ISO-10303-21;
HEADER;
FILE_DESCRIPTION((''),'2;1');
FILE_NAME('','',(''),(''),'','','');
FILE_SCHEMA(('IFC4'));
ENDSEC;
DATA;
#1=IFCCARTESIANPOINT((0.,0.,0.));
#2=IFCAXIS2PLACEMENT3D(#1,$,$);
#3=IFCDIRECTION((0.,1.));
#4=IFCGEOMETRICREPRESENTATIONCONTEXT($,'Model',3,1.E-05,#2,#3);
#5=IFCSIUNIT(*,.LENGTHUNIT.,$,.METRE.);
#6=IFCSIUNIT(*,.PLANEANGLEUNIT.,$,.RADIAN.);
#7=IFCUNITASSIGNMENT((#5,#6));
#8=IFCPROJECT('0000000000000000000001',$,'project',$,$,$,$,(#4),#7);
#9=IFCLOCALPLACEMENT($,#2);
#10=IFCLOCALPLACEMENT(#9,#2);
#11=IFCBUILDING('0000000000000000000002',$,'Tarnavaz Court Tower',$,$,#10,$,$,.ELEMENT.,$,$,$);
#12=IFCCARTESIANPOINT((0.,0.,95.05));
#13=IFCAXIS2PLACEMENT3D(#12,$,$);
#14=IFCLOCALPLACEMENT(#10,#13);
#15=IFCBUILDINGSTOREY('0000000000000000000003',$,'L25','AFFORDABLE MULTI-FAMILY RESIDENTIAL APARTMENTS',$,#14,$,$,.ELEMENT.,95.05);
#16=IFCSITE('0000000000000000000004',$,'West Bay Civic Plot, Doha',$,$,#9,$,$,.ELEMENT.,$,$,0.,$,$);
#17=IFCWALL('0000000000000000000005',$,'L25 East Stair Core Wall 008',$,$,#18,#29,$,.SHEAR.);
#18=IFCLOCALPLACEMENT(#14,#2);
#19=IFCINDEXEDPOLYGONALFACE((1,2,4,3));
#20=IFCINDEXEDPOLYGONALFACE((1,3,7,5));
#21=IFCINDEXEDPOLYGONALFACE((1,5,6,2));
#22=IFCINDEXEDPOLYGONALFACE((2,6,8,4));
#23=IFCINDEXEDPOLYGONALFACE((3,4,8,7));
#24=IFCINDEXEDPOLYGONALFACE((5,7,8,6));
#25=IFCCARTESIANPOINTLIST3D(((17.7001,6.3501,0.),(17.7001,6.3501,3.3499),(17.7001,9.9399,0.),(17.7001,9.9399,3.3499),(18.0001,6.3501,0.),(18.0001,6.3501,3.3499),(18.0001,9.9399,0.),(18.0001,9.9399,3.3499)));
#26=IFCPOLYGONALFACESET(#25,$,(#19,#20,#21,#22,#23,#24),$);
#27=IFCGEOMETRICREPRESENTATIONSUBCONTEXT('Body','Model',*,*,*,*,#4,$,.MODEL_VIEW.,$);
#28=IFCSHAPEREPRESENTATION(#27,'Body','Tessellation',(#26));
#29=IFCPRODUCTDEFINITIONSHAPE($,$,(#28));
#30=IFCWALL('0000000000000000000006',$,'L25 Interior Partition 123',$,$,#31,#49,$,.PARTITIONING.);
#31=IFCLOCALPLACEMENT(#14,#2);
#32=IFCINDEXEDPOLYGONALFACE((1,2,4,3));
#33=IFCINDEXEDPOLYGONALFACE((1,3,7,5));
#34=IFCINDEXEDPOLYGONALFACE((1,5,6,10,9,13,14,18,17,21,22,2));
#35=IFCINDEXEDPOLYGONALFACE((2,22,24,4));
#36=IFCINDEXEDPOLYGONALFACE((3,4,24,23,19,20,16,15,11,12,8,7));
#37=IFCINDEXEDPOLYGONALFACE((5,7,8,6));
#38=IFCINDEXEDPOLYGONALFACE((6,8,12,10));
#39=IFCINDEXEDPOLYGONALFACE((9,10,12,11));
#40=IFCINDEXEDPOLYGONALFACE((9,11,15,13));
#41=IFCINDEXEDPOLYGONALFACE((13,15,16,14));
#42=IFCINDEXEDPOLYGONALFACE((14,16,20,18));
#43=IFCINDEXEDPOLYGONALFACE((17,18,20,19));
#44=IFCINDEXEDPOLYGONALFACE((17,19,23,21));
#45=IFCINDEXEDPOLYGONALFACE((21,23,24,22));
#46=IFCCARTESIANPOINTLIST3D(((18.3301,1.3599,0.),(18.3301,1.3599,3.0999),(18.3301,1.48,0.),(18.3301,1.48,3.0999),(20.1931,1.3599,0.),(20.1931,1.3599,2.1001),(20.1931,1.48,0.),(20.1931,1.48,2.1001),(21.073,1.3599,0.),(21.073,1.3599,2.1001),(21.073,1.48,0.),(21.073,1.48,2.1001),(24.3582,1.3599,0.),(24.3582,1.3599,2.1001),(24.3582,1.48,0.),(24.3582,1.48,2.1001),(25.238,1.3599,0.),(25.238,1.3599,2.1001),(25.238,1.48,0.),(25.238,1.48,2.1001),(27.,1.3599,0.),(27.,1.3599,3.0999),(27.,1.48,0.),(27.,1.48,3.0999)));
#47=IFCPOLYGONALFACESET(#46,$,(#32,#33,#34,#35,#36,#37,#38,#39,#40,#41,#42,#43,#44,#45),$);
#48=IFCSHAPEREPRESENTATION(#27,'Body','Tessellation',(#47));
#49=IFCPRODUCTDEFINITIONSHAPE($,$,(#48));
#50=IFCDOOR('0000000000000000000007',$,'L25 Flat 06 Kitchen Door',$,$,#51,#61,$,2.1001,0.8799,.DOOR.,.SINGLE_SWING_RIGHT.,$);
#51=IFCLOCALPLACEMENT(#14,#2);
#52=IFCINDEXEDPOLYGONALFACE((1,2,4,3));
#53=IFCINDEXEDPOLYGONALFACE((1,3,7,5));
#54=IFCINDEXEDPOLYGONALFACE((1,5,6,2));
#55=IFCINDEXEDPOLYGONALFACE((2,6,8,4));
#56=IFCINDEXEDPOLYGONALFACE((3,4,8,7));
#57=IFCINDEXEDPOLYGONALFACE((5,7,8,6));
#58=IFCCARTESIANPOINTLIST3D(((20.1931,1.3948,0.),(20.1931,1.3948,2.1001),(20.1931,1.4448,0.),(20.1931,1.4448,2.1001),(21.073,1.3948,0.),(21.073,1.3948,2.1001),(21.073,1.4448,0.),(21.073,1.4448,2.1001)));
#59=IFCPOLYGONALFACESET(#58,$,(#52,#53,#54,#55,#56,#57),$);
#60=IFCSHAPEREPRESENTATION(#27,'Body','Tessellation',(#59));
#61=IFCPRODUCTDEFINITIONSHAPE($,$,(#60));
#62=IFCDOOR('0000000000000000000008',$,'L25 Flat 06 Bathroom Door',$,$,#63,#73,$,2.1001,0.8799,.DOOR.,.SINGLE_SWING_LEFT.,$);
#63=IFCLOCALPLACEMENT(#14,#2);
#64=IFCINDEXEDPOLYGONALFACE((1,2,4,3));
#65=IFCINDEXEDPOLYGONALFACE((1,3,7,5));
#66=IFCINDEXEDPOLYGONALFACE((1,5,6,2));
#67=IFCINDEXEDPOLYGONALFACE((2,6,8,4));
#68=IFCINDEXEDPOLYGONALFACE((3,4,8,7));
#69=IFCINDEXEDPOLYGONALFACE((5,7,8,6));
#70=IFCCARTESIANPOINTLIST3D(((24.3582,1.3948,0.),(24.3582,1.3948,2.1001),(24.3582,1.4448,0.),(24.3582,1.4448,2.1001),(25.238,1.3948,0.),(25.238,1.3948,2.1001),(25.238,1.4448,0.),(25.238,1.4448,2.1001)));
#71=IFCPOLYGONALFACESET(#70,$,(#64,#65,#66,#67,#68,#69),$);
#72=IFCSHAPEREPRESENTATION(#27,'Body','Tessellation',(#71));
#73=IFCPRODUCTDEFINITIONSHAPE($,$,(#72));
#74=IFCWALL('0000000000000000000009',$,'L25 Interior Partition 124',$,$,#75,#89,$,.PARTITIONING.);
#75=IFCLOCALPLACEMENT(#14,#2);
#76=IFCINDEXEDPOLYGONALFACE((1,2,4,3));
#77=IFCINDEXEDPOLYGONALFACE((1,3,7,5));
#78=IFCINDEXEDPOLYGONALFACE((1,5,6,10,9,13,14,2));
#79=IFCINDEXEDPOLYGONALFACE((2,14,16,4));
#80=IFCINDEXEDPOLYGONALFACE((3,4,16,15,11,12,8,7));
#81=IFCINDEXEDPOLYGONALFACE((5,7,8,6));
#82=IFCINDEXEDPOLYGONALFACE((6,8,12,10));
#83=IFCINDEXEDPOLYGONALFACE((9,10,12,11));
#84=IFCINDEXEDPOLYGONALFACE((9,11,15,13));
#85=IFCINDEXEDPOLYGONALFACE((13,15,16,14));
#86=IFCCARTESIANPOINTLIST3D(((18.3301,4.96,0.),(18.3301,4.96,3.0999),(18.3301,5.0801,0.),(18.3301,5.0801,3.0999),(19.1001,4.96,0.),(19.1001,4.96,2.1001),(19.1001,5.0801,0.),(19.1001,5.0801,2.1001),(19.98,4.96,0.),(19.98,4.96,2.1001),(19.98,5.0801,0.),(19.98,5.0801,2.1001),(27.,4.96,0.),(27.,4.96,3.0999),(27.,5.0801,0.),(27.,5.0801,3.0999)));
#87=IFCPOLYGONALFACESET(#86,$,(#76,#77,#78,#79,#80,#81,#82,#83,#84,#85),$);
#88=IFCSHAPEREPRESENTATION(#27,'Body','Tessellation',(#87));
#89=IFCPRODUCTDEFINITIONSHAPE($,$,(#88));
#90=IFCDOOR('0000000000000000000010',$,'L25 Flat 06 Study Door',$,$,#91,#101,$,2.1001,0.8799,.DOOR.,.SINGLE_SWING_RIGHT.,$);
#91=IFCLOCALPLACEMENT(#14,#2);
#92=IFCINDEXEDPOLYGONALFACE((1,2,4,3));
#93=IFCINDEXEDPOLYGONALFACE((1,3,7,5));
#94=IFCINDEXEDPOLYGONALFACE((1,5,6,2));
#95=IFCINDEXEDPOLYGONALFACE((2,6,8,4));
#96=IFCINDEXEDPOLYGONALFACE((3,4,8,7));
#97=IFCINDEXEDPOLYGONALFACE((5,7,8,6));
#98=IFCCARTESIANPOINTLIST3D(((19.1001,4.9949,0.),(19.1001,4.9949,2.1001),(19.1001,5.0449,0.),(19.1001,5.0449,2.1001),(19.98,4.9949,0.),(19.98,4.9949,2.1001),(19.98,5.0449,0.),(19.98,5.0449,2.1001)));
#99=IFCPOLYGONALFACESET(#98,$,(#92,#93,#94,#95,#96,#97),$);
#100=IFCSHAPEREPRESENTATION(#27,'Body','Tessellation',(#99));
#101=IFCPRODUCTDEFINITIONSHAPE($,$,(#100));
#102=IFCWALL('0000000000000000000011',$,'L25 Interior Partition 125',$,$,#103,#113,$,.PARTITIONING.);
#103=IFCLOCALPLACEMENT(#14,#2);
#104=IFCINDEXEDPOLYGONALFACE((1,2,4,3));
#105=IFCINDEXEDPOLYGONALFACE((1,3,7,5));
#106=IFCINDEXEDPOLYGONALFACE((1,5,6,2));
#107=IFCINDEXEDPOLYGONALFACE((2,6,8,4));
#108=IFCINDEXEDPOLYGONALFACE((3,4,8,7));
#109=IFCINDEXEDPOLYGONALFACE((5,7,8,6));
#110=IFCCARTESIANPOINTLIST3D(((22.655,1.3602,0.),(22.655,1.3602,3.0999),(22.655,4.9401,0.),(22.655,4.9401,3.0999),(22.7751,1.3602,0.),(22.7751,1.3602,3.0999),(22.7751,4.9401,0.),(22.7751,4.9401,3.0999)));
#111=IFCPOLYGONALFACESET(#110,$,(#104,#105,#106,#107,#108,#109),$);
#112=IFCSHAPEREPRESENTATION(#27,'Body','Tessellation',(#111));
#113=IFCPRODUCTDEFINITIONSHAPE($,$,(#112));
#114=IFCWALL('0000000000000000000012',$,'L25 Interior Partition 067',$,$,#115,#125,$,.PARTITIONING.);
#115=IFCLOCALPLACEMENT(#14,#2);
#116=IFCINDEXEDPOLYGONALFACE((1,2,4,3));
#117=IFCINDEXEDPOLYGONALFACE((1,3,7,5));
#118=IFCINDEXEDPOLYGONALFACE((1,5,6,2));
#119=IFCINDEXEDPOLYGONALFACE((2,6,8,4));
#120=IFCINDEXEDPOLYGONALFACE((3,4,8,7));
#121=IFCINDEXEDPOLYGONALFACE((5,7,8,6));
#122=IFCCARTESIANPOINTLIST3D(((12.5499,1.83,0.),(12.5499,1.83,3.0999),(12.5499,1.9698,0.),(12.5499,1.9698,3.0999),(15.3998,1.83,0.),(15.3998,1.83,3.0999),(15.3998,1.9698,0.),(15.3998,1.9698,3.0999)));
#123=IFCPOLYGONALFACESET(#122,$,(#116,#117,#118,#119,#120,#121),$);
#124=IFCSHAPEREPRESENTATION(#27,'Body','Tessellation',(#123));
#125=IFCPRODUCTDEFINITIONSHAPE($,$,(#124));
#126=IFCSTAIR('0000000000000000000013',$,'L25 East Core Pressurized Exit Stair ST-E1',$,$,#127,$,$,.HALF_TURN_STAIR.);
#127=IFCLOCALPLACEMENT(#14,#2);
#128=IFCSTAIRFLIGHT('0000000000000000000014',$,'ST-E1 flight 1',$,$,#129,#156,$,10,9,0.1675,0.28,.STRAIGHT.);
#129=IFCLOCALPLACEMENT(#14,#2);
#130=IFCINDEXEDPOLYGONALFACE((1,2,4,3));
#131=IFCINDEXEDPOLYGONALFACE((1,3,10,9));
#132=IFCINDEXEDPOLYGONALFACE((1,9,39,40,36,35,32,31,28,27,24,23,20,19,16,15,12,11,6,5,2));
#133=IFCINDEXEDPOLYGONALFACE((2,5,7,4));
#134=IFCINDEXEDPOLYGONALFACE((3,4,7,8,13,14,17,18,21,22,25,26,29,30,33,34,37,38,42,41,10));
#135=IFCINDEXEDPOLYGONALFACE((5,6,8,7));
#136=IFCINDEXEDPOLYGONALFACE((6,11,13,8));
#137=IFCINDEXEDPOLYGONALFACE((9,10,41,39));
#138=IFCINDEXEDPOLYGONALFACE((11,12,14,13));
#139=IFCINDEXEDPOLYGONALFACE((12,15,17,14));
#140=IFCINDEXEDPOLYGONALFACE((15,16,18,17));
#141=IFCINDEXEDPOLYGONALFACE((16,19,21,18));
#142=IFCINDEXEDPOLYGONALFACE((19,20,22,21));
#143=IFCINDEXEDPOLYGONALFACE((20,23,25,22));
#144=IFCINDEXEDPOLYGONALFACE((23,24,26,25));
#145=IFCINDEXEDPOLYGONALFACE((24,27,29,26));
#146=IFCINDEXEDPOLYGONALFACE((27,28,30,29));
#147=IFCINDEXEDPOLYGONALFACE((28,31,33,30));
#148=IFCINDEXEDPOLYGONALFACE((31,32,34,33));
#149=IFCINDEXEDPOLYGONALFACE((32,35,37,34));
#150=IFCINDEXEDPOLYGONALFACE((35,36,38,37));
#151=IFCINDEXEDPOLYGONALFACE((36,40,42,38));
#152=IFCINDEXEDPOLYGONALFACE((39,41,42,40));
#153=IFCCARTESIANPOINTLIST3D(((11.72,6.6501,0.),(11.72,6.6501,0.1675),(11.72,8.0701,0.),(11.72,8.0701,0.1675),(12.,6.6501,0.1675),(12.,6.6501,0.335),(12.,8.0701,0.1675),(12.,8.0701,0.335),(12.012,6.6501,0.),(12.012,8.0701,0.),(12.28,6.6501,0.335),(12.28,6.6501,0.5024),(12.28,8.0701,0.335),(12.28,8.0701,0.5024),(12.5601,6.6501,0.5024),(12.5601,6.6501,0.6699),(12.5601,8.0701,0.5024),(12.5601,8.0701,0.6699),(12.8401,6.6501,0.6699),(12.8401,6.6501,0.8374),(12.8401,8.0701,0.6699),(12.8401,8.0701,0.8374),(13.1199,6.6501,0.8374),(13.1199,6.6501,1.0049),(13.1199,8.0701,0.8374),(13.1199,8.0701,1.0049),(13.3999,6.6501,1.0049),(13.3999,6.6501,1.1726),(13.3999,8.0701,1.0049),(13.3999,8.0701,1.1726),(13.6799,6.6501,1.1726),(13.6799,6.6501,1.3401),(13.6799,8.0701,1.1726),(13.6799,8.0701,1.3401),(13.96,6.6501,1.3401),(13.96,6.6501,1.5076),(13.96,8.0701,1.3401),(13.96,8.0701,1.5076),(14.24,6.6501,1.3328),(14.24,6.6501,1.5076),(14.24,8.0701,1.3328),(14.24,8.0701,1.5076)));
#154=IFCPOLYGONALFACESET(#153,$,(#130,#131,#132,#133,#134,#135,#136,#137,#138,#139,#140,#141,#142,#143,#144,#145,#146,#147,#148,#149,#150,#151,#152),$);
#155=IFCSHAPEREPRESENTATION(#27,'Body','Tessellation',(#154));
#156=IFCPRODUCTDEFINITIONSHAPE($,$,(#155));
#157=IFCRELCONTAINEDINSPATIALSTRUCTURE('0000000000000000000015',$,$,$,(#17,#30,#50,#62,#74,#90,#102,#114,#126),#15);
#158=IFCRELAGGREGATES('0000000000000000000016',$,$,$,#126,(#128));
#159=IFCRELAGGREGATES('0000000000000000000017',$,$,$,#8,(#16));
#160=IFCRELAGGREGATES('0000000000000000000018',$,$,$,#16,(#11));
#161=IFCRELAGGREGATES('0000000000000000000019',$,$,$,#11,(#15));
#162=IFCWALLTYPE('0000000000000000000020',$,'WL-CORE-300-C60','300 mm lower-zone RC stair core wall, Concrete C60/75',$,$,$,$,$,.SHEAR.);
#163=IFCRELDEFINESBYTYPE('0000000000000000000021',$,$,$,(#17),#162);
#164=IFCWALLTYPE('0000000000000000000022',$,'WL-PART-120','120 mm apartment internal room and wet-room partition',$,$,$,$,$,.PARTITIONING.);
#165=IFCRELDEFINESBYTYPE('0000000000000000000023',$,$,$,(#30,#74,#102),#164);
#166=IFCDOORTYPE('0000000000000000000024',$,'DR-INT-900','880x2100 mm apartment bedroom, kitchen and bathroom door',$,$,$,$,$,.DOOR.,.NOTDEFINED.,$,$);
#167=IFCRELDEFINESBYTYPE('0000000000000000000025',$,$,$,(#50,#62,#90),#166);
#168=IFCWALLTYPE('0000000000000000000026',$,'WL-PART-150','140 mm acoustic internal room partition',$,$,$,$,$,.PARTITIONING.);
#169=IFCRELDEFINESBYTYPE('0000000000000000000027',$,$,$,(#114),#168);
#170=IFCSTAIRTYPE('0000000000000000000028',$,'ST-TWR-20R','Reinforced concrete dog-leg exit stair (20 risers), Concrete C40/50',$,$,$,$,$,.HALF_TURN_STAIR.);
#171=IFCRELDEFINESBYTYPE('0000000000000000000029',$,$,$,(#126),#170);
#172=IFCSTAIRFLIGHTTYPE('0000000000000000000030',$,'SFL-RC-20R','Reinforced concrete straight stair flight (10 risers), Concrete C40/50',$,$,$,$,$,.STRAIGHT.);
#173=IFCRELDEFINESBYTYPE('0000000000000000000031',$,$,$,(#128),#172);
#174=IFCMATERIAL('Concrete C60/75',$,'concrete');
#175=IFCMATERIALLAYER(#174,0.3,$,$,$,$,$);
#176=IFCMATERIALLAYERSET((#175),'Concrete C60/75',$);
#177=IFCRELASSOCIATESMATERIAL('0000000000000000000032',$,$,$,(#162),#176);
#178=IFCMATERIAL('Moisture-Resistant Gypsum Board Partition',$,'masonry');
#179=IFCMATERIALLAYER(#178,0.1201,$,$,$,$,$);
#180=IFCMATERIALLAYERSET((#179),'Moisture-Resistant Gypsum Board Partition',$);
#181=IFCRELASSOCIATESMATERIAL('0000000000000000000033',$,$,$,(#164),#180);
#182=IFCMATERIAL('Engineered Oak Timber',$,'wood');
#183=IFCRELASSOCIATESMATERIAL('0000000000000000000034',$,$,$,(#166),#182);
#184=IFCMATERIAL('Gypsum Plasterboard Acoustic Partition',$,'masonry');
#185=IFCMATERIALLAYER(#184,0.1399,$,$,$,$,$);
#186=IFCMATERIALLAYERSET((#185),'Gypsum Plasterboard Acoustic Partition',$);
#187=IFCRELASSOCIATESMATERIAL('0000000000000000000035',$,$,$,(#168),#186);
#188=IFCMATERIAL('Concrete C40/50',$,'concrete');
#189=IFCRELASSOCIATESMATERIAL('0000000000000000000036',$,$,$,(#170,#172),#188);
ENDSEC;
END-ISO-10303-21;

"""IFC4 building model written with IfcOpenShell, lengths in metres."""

from ifc_helpers import new_model, si_unit, direction, frame, frame_2d, origin, place, context, subcontext, project, spatial, polyline, rectangle, outline, extrude, material, layer, layer_set, type_object, element, fill, aggregate, save


model = new_model("IFC4")

# Units and contexts
model_context = context("Model", 3, precision=1e-05, world=origin(), true_north=direction((0.0, 1.0)))
body_context = subcontext(model_context, "Body", "Model", "MODEL_VIEW")
ifc_project = project(units=[si_unit("LENGTHUNIT", "METRE"), si_unit("PLANEANGLEUNIT", "RADIAN")], contexts=[model_context])

# Site, building, storey
site_placement = place(None, origin())
site = spatial("IfcSite", under=ifc_project, at=site_placement, Name="West Bay Civic Plot, Doha", CompositionType="ELEMENT", RefElevation=0.0)
building_placement = place(site_placement, origin())
building = spatial("IfcBuilding", under=site, at=building_placement, Name="Tarnavaz Court Tower", CompositionType="ELEMENT")
storey_placement = place(building_placement, frame((0.0, 0.0, 95.05)))
storey = spatial("IfcBuildingStorey", under=building, at=storey_placement, Name="L25", Description="AFFORDABLE MULTI-FAMILY RESIDENTIAL APARTMENTS", CompositionType="ELEMENT", Elevation=95.05)

# Shared definitions
ifc_material_1 = material(Name="Concrete C60/75", Category="concrete")

# Wall
ifc_layer_1 = layer(ifc_material_1, 0.3)
ifc_layer_set_1 = layer_set([ifc_layer_1], Name="Concrete C60/75")
wall_type_1 = type_object("IfcWallType", Name="WL-CORE-300-C60", Description="300 mm lower-zone RC stair core wall, Concrete C60/75", PredefinedType="SHEAR", material=ifc_layer_set_1)
wall_1_placement = place(storey_placement, frame((17.8501, 6.3501, 0.0), z_axis=(0.0, 0.0, 1.0), x_axis=(0.0, 1.0, 0.0)))
element("IfcWall", 1, at=wall_1_placement, inside=storey, type_object=wall_type_1, Name="L25 East Stair Core Wall 008", PredefinedType="SHEAR", context=body_context, shape_type="SweptSolid", body=[
    extrude(rectangle(XDim=3.5898, YDim=0.3, at=frame_2d((1.7949, 0.0))), origin(), (0.0, 0.0, 1.0), 3.3499),
])

# Wall, openings, doors
ifc_material_2 = material(Name="Moisture-Resistant Gypsum Board Partition", Category="masonry")
ifc_layer_2 = layer(ifc_material_2, 0.1201)
ifc_layer_set_2 = layer_set([ifc_layer_2], Name="Moisture-Resistant Gypsum Board Partition")
wall_type_2 = type_object("IfcWallType", Name="WL-PART-120", Description="120 mm apartment internal room and wet-room partition", PredefinedType="PARTITIONING", material=ifc_layer_set_2)
wall_2_placement = place(storey_placement, frame((18.3301, 1.4199, 0.0), z_axis=(0.0, 0.0, 1.0), x_axis=(1.0, 0.0, 0.0)))
wall_2 = element("IfcWall", 2, at=wall_2_placement, inside=storey, type_object=wall_type_2, Name="L25 Interior Partition 123", PredefinedType="PARTITIONING", context=body_context, shape_type="SweptSolid", body=[
    extrude(rectangle(XDim=8.6699, YDim=0.1201, at=frame_2d((4.335, 0.0))), origin(), (0.0, 0.0, 1.0), 3.0999),
])
opening_1_placement = place(wall_2_placement, frame((1.863, 0.0, 0.0)))
opening_1 = element("IfcOpeningElement", 3, at=opening_1_placement, cuts=wall_2, PredefinedType="OPENING", context=body_context, shape_type="SweptSolid", body=[
    extrude(rectangle(XDim=0.8799, YDim=2.1001, at=frame_2d((0.4399, 1.05))), frame((0.0, 0.0701, 0.0), z_axis=(0.0, -1.0, 0.0), x_axis=(1.0, 0.0, 0.0)), (0.0, 0.0, 1.0), 0.1401),
])
opening_2_placement = place(wall_2_placement, frame((6.0281, 0.0, 0.0)))
opening_2 = element("IfcOpeningElement", 4, at=opening_2_placement, cuts=wall_2, PredefinedType="OPENING", context=body_context, shape_type="SweptSolid", body=[
    extrude(rectangle(XDim=0.8799, YDim=2.1001, at=frame_2d((0.4399, 1.05))), frame((0.0, 0.0701, 0.0), z_axis=(0.0, -1.0, 0.0), x_axis=(1.0, 0.0, 0.0)), (0.0, 0.0, 1.0), 0.1401),
])
ifc_material_3 = material(Name="Engineered Oak Timber", Category="wood")
door_type_1 = type_object("IfcDoorType", Name="DR-INT-900", Description="880x2100 mm apartment bedroom, kitchen and bathroom door", OperationType="NOTDEFINED", PredefinedType="DOOR", material=ifc_material_3)
door_1_placement = place(opening_1_placement, origin())
door_1 = element("IfcDoor", 5, at=door_1_placement, inside=storey, type_object=door_type_1, Name="L25 Flat 06 Kitchen Door", OperationType="SINGLE_SWING_RIGHT", OverallHeight=2.1001, OverallWidth=0.8799, PredefinedType="DOOR", context=body_context, shape_type="SweptSolid", body=[
    extrude(rectangle(XDim=0.8799, YDim=2.1001, at=frame_2d((0.4399, 1.05))), frame((0.0, 0.0249, 0.0), z_axis=(0.0, -1.0, 0.0), x_axis=(1.0, 0.0, 0.0)), (0.0, 0.0, 1.0), 0.05),
])
fill(opening_1, door_1)
door_2_placement = place(opening_2_placement, origin())
door_2 = element("IfcDoor", 6, at=door_2_placement, inside=storey, type_object=door_type_1, Name="L25 Flat 06 Bathroom Door", OperationType="SINGLE_SWING_LEFT", OverallHeight=2.1001, OverallWidth=0.8799, PredefinedType="DOOR", context=body_context, shape_type="SweptSolid", body=[
    extrude(rectangle(XDim=0.8799, YDim=2.1001, at=frame_2d((0.4399, 1.05))), frame((0.0, 0.0249, 0.0), z_axis=(0.0, -1.0, 0.0), x_axis=(1.0, 0.0, 0.0)), (0.0, 0.0, 1.0), 0.05),
])
fill(opening_2, door_2)

# Wall, opening, door
wall_3_placement = place(storey_placement, frame((18.3301, 5.02, 0.0), z_axis=(0.0, 0.0, 1.0), x_axis=(1.0, 0.0, 0.0)))
wall_3 = element("IfcWall", 7, at=wall_3_placement, inside=storey, type_object=wall_type_2, Name="L25 Interior Partition 124", PredefinedType="PARTITIONING", context=body_context, shape_type="SweptSolid", body=[
    extrude(rectangle(XDim=8.6699, YDim=0.1201, at=frame_2d((4.335, 0.0))), origin(), (0.0, 0.0, 1.0), 3.0999),
])
opening_3_placement = place(wall_3_placement, frame((0.77, 0.0, 0.0)))
opening_3 = element("IfcOpeningElement", 8, at=opening_3_placement, cuts=wall_3, PredefinedType="OPENING", context=body_context, shape_type="SweptSolid", body=[
    extrude(rectangle(XDim=0.8799, YDim=2.1001, at=frame_2d((0.4399, 1.05))), frame((0.0, 0.0701, 0.0), z_axis=(0.0, -1.0, 0.0), x_axis=(1.0, 0.0, 0.0)), (0.0, 0.0, 1.0), 0.1401),
])
door_3_placement = place(opening_3_placement, origin())
door_3 = element("IfcDoor", 9, at=door_3_placement, inside=storey, type_object=door_type_1, Name="L25 Flat 06 Study Door", OperationType="SINGLE_SWING_RIGHT", OverallHeight=2.1001, OverallWidth=0.8799, PredefinedType="DOOR", context=body_context, shape_type="SweptSolid", body=[
    extrude(rectangle(XDim=0.8799, YDim=2.1001, at=frame_2d((0.4399, 1.05))), frame((0.0, 0.0249, 0.0), z_axis=(0.0, -1.0, 0.0), x_axis=(1.0, 0.0, 0.0)), (0.0, 0.0, 1.0), 0.05),
])
fill(opening_3, door_3)

# Walls
wall_4_placement = place(storey_placement, frame((22.7151, 1.3601, 0.0), z_axis=(0.0, 0.0, 1.0), x_axis=(0.0, 1.0, 0.0)))
element("IfcWall", 10, at=wall_4_placement, inside=storey, type_object=wall_type_2, Name="L25 Interior Partition 125", PredefinedType="PARTITIONING", context=body_context, shape_type="SweptSolid", body=[
    extrude(rectangle(XDim=3.5798, YDim=0.1201, at=frame_2d((1.79, 0.0))), origin(), (0.0, 0.0, 1.0), 3.0999),
])
ifc_material_4 = material(Name="Gypsum Plasterboard Acoustic Partition", Category="masonry")
ifc_layer_3 = layer(ifc_material_4, 0.1399)
ifc_layer_set_3 = layer_set([ifc_layer_3], Name="Gypsum Plasterboard Acoustic Partition")
wall_type_3 = type_object("IfcWallType", Name="WL-PART-150", Description="140 mm acoustic internal room partition", PredefinedType="PARTITIONING", material=ifc_layer_set_3)
wall_5_placement = place(storey_placement, frame((12.55, 1.8999, 0.0), z_axis=(0.0, 0.0, 1.0), x_axis=(1.0, 0.0, 0.0)))
element("IfcWall", 11, at=wall_5_placement, inside=storey, type_object=wall_type_3, Name="L25 Interior Partition 067", PredefinedType="PARTITIONING", context=body_context, shape_type="SweptSolid", body=[
    extrude(rectangle(XDim=2.8499, YDim=0.1399, at=frame_2d((1.4248, 0.0))), origin(), (0.0, 0.0, 1.0), 3.0999),
])

# Stair, stair flight
ifc_material_5 = material(Name="Concrete C40/50", Category="concrete")
stair_type = type_object("IfcStairType", Name="ST-TWR-20R", Description="Reinforced concrete dog-leg exit stair (20 risers), Concrete C40/50", PredefinedType="HALF_TURN_STAIR", material=ifc_material_5)
stair_placement = place(storey_placement, origin())
stair = element("IfcStair", 12, at=stair_placement, inside=storey, type_object=stair_type, Name="L25 East Core Pressurized Exit Stair ST-E1", PredefinedType="HALF_TURN_STAIR")
stair_flight_type = type_object("IfcStairFlightType", Name="SFL-RC-20R", Description="Reinforced concrete straight stair flight (10 risers), Concrete C40/50", PredefinedType="STRAIGHT", material=ifc_material_5)
stair_flight_1_placement = place(storey_placement, frame((11.72, 7.3601, 0.0), z_axis=(0.0, 0.0, 1.0), x_axis=(1.0, 0.0, 0.0)))
stair_flight_1 = element("IfcStairFlight", 13, at=stair_flight_1_placement, type_object=stair_flight_type, Name="ST-E1 flight 1", NumberOfRisers=10, NumberOfTreads=9, PredefinedType="STRAIGHT", RiserHeight=0.1675, TreadLength=0.28, context=body_context, shape_type="SweptSolid", body=[
    extrude(outline(polyline([(0.0, 0.0), (0.0, 0.1675), (0.28, 0.1675), (0.28, 0.335), (0.5601, 0.335), (0.5601, 0.5024), (0.8401, 0.5024), (0.8401, 0.6699), (1.1201, 0.6699), (1.1201, 0.8374), (1.3999, 0.8374), (1.3999, 1.0049), (1.6799, 1.0049), (1.6799, 1.1726), (1.96, 1.1726), (1.96, 1.3401), (2.24, 1.3401), (2.24, 1.5076), (2.52, 1.5076), (2.52, 1.675), (2.52, 1.3328), (0.292, 0.0), (0.0, 0.0)])), frame((0.0, 0.71, 0.0), z_axis=(0.0, -1.0, 0.0), x_axis=(1.0, 0.0, 0.0)), (0.0, 0.0, 1.0), 1.4199),
])
aggregate(stair, [stair_flight_1])

save(model, "model.ifc")
